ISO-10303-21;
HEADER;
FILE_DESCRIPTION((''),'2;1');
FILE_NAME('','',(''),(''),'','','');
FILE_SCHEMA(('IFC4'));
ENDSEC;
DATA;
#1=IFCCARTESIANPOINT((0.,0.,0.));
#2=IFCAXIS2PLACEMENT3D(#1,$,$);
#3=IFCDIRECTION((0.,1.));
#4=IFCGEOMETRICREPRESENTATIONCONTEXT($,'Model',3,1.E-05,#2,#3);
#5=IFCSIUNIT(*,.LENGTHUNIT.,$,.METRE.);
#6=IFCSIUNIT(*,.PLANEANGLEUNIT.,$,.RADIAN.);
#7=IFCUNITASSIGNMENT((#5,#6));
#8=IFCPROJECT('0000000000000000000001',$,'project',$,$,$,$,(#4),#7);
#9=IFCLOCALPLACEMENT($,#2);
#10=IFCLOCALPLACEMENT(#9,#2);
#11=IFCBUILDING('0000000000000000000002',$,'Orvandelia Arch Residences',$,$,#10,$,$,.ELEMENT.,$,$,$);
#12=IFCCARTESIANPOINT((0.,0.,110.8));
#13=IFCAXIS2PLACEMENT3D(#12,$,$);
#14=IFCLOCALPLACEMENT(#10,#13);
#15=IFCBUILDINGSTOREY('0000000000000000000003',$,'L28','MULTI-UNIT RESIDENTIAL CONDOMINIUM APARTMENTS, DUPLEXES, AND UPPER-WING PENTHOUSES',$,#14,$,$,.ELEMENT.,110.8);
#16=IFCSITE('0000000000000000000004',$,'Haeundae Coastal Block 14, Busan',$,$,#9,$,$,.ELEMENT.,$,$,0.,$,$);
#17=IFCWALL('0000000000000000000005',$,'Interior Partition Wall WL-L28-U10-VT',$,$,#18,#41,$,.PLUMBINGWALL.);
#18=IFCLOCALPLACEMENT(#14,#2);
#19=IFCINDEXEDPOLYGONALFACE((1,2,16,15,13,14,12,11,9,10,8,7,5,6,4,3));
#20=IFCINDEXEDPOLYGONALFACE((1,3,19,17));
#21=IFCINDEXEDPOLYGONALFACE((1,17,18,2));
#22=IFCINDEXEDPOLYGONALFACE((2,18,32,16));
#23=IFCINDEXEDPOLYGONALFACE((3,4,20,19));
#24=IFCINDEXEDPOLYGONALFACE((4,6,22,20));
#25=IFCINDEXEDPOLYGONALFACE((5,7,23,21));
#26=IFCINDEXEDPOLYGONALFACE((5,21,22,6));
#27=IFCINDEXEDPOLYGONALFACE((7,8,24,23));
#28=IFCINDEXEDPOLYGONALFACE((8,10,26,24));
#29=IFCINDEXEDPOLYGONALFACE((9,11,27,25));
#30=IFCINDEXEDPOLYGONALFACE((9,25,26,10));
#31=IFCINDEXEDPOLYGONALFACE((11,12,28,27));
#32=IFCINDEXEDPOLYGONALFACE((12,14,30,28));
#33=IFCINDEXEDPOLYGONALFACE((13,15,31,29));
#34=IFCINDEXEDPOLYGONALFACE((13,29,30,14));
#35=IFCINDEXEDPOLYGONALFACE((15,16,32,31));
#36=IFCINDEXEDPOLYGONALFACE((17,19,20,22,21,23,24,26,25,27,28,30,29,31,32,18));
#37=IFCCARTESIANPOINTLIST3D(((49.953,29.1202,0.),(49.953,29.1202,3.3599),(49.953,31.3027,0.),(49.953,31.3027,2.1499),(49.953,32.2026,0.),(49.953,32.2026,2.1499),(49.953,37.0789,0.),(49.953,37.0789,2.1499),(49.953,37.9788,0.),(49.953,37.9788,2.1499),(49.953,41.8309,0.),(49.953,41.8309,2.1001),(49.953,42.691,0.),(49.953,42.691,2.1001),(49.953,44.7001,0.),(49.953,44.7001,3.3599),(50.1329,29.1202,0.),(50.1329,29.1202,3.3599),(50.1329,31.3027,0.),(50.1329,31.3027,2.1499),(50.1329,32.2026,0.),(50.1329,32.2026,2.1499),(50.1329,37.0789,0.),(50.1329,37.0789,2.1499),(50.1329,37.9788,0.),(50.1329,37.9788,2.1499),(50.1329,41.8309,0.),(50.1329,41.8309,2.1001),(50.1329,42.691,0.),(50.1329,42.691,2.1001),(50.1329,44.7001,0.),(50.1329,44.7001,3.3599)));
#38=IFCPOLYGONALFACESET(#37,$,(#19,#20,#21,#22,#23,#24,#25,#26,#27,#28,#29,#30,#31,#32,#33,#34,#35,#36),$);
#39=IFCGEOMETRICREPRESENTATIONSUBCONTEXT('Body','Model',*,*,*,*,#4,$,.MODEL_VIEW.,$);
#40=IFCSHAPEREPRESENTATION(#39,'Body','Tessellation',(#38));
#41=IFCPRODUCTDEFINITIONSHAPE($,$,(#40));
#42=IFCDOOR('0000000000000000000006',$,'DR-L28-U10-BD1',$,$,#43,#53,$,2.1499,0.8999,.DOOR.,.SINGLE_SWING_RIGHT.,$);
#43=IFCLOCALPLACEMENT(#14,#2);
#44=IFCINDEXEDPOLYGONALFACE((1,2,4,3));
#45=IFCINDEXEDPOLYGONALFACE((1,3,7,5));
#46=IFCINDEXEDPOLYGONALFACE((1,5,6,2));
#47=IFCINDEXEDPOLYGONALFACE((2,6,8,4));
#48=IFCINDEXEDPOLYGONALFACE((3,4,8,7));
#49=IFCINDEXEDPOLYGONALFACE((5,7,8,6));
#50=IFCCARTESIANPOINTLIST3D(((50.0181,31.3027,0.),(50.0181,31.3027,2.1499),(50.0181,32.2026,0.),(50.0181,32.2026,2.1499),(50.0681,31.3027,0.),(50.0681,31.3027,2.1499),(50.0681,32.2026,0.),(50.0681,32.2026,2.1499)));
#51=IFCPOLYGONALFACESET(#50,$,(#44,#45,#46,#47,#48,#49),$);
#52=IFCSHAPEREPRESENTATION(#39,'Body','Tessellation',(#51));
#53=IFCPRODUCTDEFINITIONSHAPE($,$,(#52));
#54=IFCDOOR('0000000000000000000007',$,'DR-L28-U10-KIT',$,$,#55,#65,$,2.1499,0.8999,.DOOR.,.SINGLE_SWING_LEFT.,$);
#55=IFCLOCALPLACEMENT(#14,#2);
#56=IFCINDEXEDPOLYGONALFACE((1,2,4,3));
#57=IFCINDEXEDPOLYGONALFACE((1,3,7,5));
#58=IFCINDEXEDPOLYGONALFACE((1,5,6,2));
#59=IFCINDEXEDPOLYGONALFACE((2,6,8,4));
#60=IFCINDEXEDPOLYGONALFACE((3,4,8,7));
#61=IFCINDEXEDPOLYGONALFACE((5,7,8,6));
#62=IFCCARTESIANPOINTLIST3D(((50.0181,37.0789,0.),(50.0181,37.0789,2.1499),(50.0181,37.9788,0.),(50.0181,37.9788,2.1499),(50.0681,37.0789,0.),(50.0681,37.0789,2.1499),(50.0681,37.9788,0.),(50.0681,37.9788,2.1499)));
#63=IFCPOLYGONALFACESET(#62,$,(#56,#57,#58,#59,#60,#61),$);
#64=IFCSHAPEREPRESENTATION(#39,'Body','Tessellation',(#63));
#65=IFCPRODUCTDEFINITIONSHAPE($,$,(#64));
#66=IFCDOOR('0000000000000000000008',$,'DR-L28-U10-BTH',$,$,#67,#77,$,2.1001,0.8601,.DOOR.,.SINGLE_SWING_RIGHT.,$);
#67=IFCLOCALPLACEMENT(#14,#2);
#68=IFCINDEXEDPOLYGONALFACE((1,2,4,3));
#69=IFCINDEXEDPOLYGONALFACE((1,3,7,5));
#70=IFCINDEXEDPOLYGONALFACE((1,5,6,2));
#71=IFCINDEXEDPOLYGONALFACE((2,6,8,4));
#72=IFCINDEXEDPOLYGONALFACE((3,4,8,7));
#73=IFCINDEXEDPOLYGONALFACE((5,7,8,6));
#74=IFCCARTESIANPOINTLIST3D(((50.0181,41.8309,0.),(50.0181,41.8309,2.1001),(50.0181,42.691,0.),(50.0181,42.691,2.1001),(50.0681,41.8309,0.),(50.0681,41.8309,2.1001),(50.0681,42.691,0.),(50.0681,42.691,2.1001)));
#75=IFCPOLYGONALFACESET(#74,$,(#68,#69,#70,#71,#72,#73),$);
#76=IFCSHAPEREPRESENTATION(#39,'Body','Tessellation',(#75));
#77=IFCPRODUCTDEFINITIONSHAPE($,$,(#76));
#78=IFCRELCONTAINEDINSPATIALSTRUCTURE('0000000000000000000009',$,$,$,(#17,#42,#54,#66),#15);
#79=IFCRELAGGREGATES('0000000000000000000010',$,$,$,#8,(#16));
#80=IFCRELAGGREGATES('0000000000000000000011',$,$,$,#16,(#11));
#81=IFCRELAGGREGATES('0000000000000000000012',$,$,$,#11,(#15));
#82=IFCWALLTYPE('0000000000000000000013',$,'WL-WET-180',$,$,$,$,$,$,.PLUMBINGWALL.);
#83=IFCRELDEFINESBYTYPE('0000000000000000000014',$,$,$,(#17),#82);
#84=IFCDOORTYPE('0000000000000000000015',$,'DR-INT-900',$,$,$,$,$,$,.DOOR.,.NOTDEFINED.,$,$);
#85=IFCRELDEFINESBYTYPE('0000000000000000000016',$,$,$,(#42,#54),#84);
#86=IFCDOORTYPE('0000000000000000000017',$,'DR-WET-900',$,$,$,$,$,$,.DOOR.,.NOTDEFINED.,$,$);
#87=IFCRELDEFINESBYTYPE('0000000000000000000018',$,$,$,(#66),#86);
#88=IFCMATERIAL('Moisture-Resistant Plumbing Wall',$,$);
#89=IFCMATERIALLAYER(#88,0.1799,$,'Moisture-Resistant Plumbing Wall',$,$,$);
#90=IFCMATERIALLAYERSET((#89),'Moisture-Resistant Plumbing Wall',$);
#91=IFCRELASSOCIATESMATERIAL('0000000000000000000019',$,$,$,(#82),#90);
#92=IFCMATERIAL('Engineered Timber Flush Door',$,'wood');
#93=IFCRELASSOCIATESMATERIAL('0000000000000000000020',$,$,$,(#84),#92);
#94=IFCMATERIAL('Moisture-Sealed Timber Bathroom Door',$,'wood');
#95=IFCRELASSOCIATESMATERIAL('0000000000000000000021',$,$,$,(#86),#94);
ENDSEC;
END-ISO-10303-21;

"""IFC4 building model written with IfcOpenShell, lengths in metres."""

from ifc_helpers import new_model, si_unit, direction, frame, frame_2d, origin, place, context, subcontext, project, spatial, rectangle, extrude, material, layer, layer_set, type_object, element, fill, save


model = new_model("IFC4")

# Units and contexts
model_context = context("Model", 3, precision=1e-05, world=origin(), true_north=direction((0.0, 1.0)))
body_context = subcontext(model_context, "Body", "Model", "MODEL_VIEW")
ifc_project = project(units=[si_unit("LENGTHUNIT", "METRE"), si_unit("PLANEANGLEUNIT", "RADIAN")], contexts=[model_context])

# Site, building, storey
site_placement = place(None, origin())
site = spatial("IfcSite", under=ifc_project, at=site_placement, Name="Haeundae Coastal Block 14, Busan", CompositionType="ELEMENT", RefElevation=0.0)
building_placement = place(site_placement, origin())
building = spatial("IfcBuilding", under=site, at=building_placement, Name="Orvandelia Arch Residences", CompositionType="ELEMENT")
storey_placement = place(building_placement, frame((0.0, 0.0, 110.8)))
storey = spatial("IfcBuildingStorey", under=building, at=storey_placement, Name="L28", Description="MULTI-UNIT RESIDENTIAL CONDOMINIUM APARTMENTS, DUPLEXES, AND UPPER-WING PENTHOUSES", CompositionType="ELEMENT", Elevation=110.8)

# Wall, openings, doors
ifc_material_1 = material(Name="Moisture-Resistant Plumbing Wall")
ifc_layer_1 = layer(ifc_material_1, 0.1799, Name="Moisture-Resistant Plumbing Wall")
ifc_layer_set_1 = layer_set([ifc_layer_1], Name="Moisture-Resistant Plumbing Wall")
wall_type_1 = type_object("IfcWallType", Name="WL-WET-180", PredefinedType="PLUMBINGWALL", material=ifc_layer_set_1)
wall_1_placement = place(storey_placement, frame((50.043, 29.1201, 0.0), z_axis=(0.0, 0.0, 1.0), x_axis=(0.0, 1.0, 0.0)))
wall_1 = element("IfcWall", 1, at=wall_1_placement, inside=storey, type_object=wall_type_1, Name="Interior Partition Wall WL-L28-U10-VT", PredefinedType="PLUMBINGWALL", context=body_context, shape_type="SweptSolid", body=[
    extrude(rectangle(XDim=15.5798, YDim=0.1799, at=frame_2d((7.79, 0.0))), origin(), (0.0, 0.0, 1.0), 3.3599),
])
opening_1_placement = place(wall_1_placement, frame((2.1826, 0.0, 0.0)))
opening_1 = element("IfcOpeningElement", 2, at=opening_1_placement, cuts=wall_1, PredefinedType="OPENING", context=body_context, shape_type="SweptSolid", body=[
    extrude(rectangle(XDim=0.8999, YDim=2.1499, at=frame_2d((0.45, 1.075))), frame((0.0, 0.1001, 0.0), z_axis=(0.0, -1.0, 0.0), x_axis=(1.0, 0.0, 0.0)), (0.0, 0.0, 1.0), 0.2),
])
opening_2_placement = place(wall_1_placement, frame((7.9587, 0.0, 0.0)))
opening_2 = element("IfcOpeningElement", 3, at=opening_2_placement, cuts=wall_1, PredefinedType="OPENING", context=body_context, shape_type="SweptSolid", body=[
    extrude(rectangle(XDim=0.8999, YDim=2.1499, at=frame_2d((0.45, 1.075))), frame((0.0, 0.1001, 0.0), z_axis=(0.0, -1.0, 0.0), x_axis=(1.0, 0.0, 0.0)), (0.0, 0.0, 1.0), 0.2),
])
opening_3_placement = place(wall_1_placement, frame((12.7107, 0.0, 0.0)))
opening_3 = element("IfcOpeningElement", 4, at=opening_3_placement, cuts=wall_1, PredefinedType="OPENING", context=body_context, shape_type="SweptSolid", body=[
    extrude(rectangle(XDim=0.8601, YDim=2.1001, at=frame_2d((0.4302, 1.05))), frame((0.0, 0.1001, 0.0), z_axis=(0.0, -1.0, 0.0), x_axis=(1.0, 0.0, 0.0)), (0.0, 0.0, 1.0), 0.2),
])
ifc_material_2 = material(Name="Engineered Timber Flush Door", Category="wood")
door_type_1 = type_object("IfcDoorType", Name="DR-INT-900", OperationType="NOTDEFINED", PredefinedType="DOOR", material=ifc_material_2)
door_1_placement = place(opening_1_placement, origin())
door_1 = element("IfcDoor", 5, at=door_1_placement, inside=storey, type_object=door_type_1, Name="DR-L28-U10-BD1", OperationType="SINGLE_SWING_RIGHT", OverallHeight=2.1499, OverallWidth=0.8999, PredefinedType="DOOR", context=body_context, shape_type="SweptSolid", body=[
    extrude(rectangle(XDim=0.8999, YDim=2.1499, at=frame_2d((0.45, 1.075))), frame((0.0, 0.0249, 0.0), z_axis=(0.0, -1.0, 0.0), x_axis=(1.0, 0.0, 0.0)), (0.0, 0.0, 1.0), 0.05),
])
fill(opening_1, door_1)
door_2_placement = place(opening_2_placement, origin())
door_2 = element("IfcDoor", 6, at=door_2_placement, inside=storey, type_object=door_type_1, Name="DR-L28-U10-KIT", OperationType="SINGLE_SWING_LEFT", OverallHeight=2.1499, OverallWidth=0.8999, PredefinedType="DOOR", context=body_context, shape_type="SweptSolid", body=[
    extrude(rectangle(XDim=0.8999, YDim=2.1499, at=frame_2d((0.45, 1.075))), frame((0.0, 0.0249, 0.0), z_axis=(0.0, -1.0, 0.0), x_axis=(1.0, 0.0, 0.0)), (0.0, 0.0, 1.0), 0.05),
])
fill(opening_2, door_2)
ifc_material_3 = material(Name="Moisture-Sealed Timber Bathroom Door", Category="wood")
door_type_2 = type_object("IfcDoorType", Name="DR-WET-900", OperationType="NOTDEFINED", PredefinedType="DOOR", material=ifc_material_3)
door_3_placement = place(opening_3_placement, origin())
door_3 = element("IfcDoor", 7, at=door_3_placement, inside=storey, type_object=door_type_2, Name="DR-L28-U10-BTH", OperationType="SINGLE_SWING_RIGHT", OverallHeight=2.1001, OverallWidth=0.8601, PredefinedType="DOOR", context=body_context, shape_type="SweptSolid", body=[
    extrude(rectangle(XDim=0.8601, YDim=2.1001, at=frame_2d((0.4302, 1.05))), frame((0.0, 0.0249, 0.0), z_axis=(0.0, -1.0, 0.0), x_axis=(1.0, 0.0, 0.0)), (0.0, 0.0, 1.0), 0.05),
])
fill(opening_3, door_3)

save(model, "model.ifc")
